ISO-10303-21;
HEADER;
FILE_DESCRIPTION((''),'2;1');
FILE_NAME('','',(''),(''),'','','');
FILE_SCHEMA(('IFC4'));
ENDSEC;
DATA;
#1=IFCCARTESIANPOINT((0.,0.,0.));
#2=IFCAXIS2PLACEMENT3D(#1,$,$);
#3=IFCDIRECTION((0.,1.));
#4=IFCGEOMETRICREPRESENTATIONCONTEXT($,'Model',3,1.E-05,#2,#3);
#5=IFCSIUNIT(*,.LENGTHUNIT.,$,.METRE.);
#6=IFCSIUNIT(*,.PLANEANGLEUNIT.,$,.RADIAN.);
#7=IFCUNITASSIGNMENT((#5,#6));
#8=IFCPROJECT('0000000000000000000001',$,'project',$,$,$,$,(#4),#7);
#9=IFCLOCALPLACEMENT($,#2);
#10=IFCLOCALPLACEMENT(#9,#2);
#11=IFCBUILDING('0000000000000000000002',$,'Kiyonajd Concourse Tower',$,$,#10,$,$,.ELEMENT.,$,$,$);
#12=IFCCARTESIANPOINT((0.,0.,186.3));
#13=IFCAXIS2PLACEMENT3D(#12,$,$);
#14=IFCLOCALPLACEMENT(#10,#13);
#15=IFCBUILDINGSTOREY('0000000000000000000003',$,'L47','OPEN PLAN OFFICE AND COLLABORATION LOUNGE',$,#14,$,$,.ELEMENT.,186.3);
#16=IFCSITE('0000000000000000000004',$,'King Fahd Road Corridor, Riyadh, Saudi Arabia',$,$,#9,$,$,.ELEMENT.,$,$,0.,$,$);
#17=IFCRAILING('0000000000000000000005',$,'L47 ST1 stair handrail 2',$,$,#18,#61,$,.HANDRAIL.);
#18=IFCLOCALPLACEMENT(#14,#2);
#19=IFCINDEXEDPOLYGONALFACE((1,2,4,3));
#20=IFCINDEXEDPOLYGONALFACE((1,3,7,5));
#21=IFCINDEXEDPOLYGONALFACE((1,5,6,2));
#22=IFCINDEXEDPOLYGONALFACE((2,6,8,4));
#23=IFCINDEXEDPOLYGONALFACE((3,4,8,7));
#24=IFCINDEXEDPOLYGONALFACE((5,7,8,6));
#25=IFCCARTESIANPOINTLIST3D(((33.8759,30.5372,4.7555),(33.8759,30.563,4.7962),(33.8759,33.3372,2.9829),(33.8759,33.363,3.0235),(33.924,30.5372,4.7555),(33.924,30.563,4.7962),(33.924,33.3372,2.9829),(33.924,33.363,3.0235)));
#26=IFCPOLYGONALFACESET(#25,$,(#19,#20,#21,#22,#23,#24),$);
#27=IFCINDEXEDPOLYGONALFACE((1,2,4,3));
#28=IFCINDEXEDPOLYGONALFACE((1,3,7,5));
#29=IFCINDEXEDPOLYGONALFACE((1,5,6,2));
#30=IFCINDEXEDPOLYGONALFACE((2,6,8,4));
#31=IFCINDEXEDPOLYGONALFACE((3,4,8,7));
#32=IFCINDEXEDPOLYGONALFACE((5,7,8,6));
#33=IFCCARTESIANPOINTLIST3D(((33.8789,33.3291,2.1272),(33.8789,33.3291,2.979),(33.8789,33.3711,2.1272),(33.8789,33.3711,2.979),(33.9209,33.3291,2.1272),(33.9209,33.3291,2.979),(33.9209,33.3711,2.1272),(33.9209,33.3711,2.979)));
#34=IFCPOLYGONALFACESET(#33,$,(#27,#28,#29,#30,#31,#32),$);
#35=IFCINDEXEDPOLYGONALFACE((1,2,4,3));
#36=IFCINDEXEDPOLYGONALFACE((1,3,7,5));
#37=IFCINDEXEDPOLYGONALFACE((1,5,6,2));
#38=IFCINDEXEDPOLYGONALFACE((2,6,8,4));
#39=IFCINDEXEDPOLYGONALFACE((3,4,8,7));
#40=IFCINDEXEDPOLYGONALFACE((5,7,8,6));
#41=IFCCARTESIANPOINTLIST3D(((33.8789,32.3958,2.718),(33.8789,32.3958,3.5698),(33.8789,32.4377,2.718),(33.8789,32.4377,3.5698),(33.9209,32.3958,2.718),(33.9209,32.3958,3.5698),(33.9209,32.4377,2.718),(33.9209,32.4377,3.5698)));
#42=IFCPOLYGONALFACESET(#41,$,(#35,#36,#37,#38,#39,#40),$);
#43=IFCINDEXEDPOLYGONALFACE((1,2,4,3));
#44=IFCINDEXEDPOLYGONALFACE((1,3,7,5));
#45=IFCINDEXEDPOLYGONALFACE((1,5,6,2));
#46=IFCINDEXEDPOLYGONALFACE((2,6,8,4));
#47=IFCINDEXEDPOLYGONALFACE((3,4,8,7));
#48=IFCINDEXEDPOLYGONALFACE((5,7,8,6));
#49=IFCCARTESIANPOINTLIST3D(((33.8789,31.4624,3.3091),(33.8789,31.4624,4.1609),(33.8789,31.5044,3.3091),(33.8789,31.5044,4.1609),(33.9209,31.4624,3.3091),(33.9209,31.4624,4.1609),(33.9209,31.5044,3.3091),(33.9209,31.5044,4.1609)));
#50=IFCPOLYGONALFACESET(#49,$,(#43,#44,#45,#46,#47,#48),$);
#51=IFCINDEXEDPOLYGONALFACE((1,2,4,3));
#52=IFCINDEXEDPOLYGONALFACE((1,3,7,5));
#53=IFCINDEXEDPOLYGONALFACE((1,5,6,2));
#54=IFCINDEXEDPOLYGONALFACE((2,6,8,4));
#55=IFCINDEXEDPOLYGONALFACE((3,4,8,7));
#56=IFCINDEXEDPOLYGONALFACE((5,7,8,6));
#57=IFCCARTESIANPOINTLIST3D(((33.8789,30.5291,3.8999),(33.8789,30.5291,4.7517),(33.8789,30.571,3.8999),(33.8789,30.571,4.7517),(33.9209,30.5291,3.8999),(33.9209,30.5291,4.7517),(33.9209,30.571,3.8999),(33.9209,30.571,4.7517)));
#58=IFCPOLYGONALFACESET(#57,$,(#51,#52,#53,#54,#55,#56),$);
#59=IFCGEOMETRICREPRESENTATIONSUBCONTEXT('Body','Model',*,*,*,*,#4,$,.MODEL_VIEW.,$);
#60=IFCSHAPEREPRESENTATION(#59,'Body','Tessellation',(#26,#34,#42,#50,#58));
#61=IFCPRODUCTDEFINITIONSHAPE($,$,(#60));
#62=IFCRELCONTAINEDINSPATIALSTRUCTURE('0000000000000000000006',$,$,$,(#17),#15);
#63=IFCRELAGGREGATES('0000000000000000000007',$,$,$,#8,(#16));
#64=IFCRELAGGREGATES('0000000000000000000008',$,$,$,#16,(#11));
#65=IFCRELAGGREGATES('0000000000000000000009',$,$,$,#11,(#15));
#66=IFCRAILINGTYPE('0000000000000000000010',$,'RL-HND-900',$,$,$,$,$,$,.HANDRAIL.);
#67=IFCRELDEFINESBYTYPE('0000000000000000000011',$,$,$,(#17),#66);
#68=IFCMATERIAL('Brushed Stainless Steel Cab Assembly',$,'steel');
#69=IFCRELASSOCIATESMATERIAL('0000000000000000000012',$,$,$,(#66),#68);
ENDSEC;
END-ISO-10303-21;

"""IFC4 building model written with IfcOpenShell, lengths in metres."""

from ifc_helpers import new_model, si_unit, direction, frame, origin, origin_2d, place, context, subcontext, project, spatial, rectangle, extrude, material, type_object, element, save


model = new_model("IFC4")

# Units and contexts
model_context = context("Model", 3, precision=1e-05, world=origin(), true_north=direction((0.0, 1.0)))
body_context = subcontext(model_context, "Body", "Model", "MODEL_VIEW")
ifc_project = project(units=[si_unit("LENGTHUNIT", "METRE"), si_unit("PLANEANGLEUNIT", "RADIAN")], contexts=[model_context])

# Site, building, storey
site_placement = place(None, origin())
site = spatial("IfcSite", under=ifc_project, at=site_placement, Name="King Fahd Road Corridor, Riyadh, Saudi Arabia", CompositionType="ELEMENT", RefElevation=0.0)
building_placement = place(site_placement, origin())
building = spatial("IfcBuilding", under=site, at=building_placement, Name="Kiyonajd Concourse Tower", CompositionType="ELEMENT")
storey_placement = place(building_placement, frame((0.0, 0.0, 186.3)))
storey = spatial("IfcBuildingStorey", under=building, at=storey_placement, Name="L47", Description="OPEN PLAN OFFICE AND COLLABORATION LOUNGE", CompositionType="ELEMENT", Elevation=186.3)

# Shared definitions
ifc_material_1 = material(Name="Brushed Stainless Steel Cab Assembly", Category="steel")

# Railing
railing_type_1 = type_object("IfcRailingType", Name="RL-HND-900", PredefinedType="HANDRAIL", material=ifc_material_1)
railing_1_placement = place(storey_placement, frame((33.8999, 33.3501, 2.1272)))
element("IfcRailing", 1, at=railing_1_placement, inside=storey, type_object=railing_type_1, Name="L47 ST1 stair handrail 2", PredefinedType="HANDRAIL", context=body_context, shape_type="SweptSolid", body=[
    extrude(rectangle(XDim=0.0481, YDim=0.0481, at=origin_2d()), frame((0.0, 0.0, 0.876), z_axis=(0.0, -0.844909, 0.53491), x_axis=(1.0, 0.0, 0.0)), (0.0, 0.0, 1.0), 3.314),
    extrude(rectangle(XDim=0.042, YDim=0.042, at=origin_2d()), origin(), (0.0, 0.0, 1.0), 0.8518),
    extrude(rectangle(XDim=0.042, YDim=0.042, at=origin_2d()), frame((0.0, -0.9333, 0.5908)), (0.0, 0.0, 1.0), 0.8518),
    extrude(rectangle(XDim=0.042, YDim=0.042, at=origin_2d()), frame((0.0, -1.8667, 1.1819)), (0.0, 0.0, 1.0), 0.8518),
    extrude(rectangle(XDim=0.042, YDim=0.042, at=origin_2d()), frame((0.0, -2.8, 1.7727)), (0.0, 0.0, 1.0), 0.8518),
])

save(model, "model.ifc")
